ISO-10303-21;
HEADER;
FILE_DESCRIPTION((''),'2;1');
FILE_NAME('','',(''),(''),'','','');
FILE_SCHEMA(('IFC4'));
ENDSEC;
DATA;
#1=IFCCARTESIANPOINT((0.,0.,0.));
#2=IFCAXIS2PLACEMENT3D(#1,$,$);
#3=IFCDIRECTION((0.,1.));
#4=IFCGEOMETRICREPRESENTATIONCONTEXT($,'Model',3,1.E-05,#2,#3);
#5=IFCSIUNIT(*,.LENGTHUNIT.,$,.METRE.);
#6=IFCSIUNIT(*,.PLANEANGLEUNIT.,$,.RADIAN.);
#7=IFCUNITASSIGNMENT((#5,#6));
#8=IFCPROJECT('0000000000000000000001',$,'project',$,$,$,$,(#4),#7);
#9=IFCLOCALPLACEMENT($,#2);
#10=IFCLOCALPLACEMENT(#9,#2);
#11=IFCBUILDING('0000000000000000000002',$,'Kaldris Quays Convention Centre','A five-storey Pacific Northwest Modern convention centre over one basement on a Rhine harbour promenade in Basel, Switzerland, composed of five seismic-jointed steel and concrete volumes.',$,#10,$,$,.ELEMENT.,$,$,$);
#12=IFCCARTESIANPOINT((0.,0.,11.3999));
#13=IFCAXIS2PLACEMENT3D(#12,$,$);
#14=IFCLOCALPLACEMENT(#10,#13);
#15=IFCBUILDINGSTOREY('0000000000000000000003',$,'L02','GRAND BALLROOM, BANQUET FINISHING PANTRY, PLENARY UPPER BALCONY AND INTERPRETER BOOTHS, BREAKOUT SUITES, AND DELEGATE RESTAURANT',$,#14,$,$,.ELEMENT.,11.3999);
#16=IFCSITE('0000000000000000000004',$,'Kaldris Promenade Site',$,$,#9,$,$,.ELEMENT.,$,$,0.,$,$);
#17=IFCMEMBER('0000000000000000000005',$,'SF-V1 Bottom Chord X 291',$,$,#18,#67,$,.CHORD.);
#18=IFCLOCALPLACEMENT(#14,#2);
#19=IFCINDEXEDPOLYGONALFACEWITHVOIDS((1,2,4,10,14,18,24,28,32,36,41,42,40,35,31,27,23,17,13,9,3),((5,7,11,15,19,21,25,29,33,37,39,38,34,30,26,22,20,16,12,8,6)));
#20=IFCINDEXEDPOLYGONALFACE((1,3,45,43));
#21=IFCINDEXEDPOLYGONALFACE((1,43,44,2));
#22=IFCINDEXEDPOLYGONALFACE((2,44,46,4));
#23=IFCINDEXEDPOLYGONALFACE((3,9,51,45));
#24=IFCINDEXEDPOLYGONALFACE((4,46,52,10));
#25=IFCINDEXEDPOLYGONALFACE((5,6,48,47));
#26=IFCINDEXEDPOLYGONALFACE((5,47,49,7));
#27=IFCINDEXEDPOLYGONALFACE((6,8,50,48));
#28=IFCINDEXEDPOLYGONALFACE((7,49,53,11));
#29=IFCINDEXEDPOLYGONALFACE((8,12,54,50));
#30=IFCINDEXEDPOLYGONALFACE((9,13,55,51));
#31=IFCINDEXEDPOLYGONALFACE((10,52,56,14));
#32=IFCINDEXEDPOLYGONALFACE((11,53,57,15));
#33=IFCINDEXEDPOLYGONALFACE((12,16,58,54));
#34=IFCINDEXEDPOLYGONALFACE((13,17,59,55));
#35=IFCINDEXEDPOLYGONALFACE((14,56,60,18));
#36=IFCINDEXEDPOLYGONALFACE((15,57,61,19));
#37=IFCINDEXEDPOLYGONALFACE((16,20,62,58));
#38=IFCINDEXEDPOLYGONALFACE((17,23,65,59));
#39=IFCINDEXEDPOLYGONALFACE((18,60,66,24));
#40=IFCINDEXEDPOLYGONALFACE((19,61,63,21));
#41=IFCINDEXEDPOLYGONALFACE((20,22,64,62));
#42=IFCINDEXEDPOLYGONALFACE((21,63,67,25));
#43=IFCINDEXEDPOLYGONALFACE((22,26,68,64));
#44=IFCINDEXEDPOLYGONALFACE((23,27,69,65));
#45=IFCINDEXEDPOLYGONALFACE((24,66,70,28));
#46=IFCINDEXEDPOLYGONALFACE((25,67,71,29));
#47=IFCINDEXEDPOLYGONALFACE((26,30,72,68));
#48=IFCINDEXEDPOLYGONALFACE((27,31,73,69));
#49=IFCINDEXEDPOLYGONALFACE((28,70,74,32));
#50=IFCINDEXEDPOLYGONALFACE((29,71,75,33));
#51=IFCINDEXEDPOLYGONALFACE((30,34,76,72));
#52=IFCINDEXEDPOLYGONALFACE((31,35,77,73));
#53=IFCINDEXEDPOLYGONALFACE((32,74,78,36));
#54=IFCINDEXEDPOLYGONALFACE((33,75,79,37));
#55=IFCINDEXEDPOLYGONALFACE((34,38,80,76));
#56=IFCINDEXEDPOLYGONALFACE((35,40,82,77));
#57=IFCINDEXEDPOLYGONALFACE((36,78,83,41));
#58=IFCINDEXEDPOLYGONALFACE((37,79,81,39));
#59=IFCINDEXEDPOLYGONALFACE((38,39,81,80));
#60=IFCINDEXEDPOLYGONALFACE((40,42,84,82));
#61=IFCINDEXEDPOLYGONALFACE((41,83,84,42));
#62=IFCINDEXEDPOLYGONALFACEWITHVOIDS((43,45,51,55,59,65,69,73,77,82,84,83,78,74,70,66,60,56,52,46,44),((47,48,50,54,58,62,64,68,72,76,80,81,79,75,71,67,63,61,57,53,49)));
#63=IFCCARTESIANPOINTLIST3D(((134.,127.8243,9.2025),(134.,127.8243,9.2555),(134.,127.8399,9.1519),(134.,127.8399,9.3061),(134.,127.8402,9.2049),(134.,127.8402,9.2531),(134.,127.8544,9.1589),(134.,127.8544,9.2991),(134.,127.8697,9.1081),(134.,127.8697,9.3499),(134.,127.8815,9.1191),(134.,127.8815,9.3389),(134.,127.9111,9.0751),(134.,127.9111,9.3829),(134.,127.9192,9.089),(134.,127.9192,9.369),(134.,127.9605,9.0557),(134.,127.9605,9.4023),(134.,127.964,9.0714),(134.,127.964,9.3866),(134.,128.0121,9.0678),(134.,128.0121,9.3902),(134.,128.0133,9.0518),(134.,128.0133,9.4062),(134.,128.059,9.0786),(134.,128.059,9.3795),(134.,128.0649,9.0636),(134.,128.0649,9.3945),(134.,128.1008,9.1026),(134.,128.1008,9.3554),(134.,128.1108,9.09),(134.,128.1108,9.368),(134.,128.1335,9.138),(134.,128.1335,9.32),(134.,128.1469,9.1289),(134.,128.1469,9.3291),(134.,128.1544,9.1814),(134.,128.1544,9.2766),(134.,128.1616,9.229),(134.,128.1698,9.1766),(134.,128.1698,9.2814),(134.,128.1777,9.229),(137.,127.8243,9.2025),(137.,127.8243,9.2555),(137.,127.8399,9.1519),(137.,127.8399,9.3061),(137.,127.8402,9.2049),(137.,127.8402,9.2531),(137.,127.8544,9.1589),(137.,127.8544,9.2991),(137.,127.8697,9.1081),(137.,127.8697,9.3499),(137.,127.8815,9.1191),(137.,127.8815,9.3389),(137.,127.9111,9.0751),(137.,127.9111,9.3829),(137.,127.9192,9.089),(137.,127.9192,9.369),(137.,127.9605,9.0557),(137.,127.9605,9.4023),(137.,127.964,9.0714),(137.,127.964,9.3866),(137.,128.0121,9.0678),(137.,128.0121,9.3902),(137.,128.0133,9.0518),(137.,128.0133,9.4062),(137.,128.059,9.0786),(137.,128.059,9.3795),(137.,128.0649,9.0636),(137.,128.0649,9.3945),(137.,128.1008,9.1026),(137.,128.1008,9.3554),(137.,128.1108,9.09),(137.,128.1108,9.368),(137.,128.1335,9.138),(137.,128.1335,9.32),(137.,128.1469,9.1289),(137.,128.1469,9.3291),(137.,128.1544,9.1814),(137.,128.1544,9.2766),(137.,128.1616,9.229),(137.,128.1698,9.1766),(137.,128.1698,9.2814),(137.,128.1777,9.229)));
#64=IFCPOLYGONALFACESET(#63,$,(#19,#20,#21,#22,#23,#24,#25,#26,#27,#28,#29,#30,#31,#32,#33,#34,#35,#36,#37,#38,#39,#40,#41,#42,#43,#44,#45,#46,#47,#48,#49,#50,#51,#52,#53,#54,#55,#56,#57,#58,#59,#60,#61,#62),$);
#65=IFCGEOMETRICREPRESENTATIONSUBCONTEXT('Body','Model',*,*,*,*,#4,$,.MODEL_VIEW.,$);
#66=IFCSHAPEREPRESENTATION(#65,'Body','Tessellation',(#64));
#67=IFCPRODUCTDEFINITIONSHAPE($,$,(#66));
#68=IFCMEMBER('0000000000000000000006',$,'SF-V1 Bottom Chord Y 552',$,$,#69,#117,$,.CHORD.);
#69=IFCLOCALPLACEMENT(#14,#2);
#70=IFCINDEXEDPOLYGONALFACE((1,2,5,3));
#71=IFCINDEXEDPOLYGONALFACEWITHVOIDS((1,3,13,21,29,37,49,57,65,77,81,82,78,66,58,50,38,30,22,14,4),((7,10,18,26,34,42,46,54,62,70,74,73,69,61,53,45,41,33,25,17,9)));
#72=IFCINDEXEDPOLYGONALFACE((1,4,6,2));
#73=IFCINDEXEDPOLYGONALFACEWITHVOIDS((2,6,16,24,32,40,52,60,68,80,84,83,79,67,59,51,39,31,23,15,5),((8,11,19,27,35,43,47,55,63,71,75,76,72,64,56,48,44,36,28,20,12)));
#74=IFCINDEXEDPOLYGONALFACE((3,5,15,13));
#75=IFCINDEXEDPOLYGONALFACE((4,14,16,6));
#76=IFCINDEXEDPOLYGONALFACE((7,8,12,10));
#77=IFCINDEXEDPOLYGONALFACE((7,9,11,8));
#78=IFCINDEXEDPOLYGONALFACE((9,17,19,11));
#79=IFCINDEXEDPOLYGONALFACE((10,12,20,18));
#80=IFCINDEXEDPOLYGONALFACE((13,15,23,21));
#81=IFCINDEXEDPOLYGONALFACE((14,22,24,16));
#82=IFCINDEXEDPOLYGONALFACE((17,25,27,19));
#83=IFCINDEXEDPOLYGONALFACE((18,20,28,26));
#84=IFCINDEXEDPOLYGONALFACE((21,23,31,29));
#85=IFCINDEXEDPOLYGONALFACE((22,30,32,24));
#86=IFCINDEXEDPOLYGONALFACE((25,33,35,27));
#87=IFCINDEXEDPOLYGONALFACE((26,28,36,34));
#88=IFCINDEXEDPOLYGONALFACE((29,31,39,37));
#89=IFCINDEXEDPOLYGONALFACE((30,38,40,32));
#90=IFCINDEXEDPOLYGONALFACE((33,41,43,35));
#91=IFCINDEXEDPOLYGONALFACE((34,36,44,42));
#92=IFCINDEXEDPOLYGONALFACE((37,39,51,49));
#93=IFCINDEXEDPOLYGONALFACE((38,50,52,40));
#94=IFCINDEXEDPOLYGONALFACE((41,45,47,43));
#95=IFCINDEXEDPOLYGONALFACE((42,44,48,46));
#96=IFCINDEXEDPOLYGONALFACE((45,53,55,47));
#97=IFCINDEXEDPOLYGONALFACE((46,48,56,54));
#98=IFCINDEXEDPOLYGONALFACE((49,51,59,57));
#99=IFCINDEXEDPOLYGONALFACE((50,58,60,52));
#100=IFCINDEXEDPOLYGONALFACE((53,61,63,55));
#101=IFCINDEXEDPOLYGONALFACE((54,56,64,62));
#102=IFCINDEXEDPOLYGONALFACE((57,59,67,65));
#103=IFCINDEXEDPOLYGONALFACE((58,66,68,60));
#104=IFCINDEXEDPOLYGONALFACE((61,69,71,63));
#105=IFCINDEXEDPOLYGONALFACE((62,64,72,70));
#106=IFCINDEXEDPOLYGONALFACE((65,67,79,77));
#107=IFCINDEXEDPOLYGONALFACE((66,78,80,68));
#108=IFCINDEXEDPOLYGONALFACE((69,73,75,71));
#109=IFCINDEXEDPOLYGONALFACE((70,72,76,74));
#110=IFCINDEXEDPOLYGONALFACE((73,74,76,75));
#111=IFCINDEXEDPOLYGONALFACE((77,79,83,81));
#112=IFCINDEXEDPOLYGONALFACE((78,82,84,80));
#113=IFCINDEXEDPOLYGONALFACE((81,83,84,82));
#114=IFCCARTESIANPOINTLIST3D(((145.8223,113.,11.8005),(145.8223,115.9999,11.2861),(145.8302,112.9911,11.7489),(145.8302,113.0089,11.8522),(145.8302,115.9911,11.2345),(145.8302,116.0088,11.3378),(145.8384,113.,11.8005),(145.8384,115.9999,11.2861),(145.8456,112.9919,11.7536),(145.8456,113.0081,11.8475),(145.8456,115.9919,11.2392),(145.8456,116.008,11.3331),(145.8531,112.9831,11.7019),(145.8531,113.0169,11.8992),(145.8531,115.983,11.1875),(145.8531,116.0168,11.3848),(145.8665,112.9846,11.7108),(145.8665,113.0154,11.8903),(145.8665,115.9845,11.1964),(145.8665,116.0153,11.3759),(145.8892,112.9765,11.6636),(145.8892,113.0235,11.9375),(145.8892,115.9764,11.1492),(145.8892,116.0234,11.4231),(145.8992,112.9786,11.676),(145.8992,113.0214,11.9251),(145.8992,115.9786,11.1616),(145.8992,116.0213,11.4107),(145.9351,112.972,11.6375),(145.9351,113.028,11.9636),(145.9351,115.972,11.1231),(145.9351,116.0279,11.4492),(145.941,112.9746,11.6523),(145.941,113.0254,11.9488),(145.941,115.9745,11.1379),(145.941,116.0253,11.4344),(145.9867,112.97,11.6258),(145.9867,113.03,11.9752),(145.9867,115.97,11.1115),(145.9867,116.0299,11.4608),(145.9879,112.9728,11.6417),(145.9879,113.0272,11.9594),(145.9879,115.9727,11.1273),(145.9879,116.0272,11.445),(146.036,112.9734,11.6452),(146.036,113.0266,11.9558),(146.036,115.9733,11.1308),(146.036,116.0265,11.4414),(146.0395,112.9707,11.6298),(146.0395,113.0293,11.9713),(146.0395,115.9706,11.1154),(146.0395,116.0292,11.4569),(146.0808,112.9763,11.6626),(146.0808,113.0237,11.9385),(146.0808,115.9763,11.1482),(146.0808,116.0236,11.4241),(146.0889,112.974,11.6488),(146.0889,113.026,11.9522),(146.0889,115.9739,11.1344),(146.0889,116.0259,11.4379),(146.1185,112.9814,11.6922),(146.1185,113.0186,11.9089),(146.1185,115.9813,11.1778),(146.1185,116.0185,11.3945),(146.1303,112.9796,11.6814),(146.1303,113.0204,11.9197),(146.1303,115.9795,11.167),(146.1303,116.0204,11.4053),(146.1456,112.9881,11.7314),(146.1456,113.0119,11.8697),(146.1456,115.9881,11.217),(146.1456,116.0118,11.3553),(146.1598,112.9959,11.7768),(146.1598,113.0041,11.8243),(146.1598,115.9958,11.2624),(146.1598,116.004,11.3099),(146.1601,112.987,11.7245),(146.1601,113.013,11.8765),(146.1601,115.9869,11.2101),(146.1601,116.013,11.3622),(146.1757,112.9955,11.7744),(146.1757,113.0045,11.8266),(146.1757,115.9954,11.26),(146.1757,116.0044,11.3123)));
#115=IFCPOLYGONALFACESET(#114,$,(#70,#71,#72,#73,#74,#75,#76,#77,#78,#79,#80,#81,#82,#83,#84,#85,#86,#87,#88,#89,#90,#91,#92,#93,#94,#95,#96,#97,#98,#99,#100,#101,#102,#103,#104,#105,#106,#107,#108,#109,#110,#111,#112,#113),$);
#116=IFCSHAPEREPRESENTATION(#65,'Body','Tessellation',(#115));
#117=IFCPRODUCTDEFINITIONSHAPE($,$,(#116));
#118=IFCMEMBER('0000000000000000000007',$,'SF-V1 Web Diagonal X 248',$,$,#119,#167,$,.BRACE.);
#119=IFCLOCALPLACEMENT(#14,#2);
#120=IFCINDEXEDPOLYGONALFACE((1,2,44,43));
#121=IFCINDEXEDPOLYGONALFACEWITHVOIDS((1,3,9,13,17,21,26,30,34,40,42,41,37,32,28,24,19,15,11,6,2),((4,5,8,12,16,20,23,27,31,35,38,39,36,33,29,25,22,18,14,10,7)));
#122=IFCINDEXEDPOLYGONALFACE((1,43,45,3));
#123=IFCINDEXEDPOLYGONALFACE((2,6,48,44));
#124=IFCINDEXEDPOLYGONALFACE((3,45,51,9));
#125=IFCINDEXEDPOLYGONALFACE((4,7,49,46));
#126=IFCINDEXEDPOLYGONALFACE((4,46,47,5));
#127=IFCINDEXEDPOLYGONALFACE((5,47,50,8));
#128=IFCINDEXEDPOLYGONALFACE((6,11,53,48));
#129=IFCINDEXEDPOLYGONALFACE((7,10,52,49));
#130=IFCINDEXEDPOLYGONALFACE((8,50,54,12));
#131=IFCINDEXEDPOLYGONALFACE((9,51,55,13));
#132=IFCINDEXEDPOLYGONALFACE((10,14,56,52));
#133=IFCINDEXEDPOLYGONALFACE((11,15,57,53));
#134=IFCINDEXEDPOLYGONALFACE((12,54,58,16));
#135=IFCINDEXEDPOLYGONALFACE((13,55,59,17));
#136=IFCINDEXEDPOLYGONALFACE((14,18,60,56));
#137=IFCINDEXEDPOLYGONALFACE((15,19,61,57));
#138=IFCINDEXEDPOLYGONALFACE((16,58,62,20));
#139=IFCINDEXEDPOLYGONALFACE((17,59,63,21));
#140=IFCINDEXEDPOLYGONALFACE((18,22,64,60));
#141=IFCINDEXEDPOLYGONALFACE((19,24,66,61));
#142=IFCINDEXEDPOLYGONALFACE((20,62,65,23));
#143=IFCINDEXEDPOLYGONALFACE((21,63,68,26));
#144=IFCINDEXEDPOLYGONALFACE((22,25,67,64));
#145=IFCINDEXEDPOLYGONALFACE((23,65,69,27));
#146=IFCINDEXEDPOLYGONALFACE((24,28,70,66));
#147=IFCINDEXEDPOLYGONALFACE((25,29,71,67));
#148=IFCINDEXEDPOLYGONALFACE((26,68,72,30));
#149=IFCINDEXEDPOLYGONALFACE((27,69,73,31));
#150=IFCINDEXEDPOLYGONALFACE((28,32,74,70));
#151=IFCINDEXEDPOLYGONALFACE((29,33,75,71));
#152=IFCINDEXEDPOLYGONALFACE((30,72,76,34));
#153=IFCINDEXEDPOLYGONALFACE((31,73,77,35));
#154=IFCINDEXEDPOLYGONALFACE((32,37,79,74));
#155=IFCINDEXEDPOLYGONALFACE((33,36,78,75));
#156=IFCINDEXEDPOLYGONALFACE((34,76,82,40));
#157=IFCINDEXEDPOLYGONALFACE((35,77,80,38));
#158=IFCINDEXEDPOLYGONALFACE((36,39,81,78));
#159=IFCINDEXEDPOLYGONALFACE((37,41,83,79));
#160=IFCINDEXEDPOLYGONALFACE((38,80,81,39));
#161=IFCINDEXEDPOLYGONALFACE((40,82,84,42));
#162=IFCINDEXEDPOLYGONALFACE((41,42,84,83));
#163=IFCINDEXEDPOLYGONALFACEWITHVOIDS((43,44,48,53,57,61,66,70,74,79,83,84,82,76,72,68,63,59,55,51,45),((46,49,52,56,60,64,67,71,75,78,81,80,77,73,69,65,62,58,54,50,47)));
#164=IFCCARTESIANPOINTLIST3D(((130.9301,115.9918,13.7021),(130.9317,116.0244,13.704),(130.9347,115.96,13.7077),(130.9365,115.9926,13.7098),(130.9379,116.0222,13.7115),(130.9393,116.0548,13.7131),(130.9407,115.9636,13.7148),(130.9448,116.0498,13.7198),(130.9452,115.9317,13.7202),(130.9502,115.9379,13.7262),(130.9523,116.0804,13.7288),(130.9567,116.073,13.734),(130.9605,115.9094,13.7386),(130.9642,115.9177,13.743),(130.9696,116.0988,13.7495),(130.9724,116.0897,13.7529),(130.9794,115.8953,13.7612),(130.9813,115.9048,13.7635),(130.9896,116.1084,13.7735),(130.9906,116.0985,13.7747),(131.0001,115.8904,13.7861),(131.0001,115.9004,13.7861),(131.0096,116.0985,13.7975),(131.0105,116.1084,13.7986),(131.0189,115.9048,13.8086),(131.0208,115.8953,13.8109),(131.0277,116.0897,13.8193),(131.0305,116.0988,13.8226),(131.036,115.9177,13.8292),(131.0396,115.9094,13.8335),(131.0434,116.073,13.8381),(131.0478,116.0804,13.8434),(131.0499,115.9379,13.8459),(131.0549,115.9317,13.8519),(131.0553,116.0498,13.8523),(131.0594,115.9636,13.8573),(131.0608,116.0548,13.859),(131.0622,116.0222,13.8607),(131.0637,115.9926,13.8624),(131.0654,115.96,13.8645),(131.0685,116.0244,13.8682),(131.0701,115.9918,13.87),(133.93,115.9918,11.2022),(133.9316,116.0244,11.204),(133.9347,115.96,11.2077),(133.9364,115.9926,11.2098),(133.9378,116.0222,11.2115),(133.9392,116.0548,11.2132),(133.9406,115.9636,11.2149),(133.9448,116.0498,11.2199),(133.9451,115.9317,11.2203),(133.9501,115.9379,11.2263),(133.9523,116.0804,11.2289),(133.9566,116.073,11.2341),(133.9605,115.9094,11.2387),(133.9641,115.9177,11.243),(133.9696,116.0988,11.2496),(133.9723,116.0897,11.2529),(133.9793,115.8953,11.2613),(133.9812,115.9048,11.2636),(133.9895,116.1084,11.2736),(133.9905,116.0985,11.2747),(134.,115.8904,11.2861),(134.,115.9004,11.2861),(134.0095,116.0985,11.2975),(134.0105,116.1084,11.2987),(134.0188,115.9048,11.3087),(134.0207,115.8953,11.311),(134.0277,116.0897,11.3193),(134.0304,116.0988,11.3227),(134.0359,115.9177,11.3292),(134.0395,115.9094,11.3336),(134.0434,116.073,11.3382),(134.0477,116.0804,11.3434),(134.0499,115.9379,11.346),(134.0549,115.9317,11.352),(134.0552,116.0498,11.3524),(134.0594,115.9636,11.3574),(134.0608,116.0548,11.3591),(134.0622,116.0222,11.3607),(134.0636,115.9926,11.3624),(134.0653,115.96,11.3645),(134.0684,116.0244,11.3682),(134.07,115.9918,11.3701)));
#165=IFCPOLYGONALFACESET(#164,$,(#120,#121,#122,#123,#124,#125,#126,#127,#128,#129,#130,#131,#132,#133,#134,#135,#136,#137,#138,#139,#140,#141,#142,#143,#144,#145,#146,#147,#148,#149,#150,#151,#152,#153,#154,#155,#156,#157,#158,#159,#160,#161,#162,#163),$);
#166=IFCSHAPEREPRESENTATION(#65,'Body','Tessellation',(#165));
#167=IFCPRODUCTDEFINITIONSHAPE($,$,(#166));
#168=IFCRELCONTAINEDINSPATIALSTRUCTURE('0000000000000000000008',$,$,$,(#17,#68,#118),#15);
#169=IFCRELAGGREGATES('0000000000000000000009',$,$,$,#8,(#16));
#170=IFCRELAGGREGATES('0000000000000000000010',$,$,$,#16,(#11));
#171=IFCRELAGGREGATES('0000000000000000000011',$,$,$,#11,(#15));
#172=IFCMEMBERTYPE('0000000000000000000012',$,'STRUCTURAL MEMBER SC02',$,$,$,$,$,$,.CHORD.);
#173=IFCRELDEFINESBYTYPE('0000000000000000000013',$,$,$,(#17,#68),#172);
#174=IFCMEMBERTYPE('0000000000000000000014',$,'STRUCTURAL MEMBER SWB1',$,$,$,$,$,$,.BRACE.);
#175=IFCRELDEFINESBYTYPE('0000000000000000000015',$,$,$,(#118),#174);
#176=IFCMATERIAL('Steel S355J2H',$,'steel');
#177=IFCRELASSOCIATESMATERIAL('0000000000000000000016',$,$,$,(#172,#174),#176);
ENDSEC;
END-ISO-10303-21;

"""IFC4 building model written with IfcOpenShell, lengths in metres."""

from ifc_helpers import new_model, si_unit, direction, frame, origin, origin_2d, place, context, subcontext, project, spatial, hollow_circle, extrude, material, material_profile, profile_set, type_object, element, save


model = new_model("IFC4")

# Units and contexts
model_context = context("Model", 3, precision=1e-05, world=origin(), true_north=direction((0.0, 1.0)))
body_context = subcontext(model_context, "Body", "Model", "MODEL_VIEW")
ifc_project = project(units=[si_unit("LENGTHUNIT", "METRE"), si_unit("PLANEANGLEUNIT", "RADIAN")], contexts=[model_context])

# Site, building, storey
site_placement = place(None, origin())
site = spatial("IfcSite", under=ifc_project, at=site_placement, Name="Kaldris Promenade Site", CompositionType="ELEMENT", RefElevation=0.0)
building_placement = place(site_placement, origin())
building = spatial("IfcBuilding", under=site, at=building_placement, Name="Kaldris Quays Convention Centre", Description="A five-storey Pacific Northwest Modern convention centre over one basement on a Rhine harbour promenade in Basel, Switzerland, composed of five seismic-jointed steel and concrete volumes.", CompositionType="ELEMENT")
storey_placement = place(building_placement, frame((0.0, 0.0, 11.3999)))
storey = spatial("IfcBuildingStorey", under=building, at=storey_placement, Name="L02", Description="GRAND BALLROOM, BANQUET FINISHING PANTRY, PLENARY UPPER BALCONY AND INTERPRETER BOOTHS, BREAKOUT SUITES, AND DELEGATE RESTAURANT", CompositionType="ELEMENT", Elevation=11.3999)

# Members
ifc_material_1 = material(Name="Steel S355J2H", Category="steel")
ifc_material_profile_1 = material_profile(ifc_material_1, hollow_circle(Radius=0.1777, WallThickness=0.0161, at=origin_2d()), Name="CHS 355.6x16")
ifc_profile_set_1 = profile_set([ifc_material_profile_1], Name="Steel S355J2H")
member_type_1 = type_object("IfcMemberType", Name="STRUCTURAL MEMBER SC02", PredefinedType="CHORD", material=ifc_profile_set_1)
for number, where, z_axis, x_axis, name in (
    (1, (134.0, 128.0, 9.229), (1.0, 0.0, 0.0), (0.0, 1.0, 0.0), "SF-V1 Bottom Chord X 291"),
):
    element("IfcMember", number, at=place(storey_placement, frame(where, z_axis=z_axis, x_axis=x_axis)), inside=storey, type_object=member_type_1, Name=name, PredefinedType="CHORD", context=body_context, shape_type="SweptSolid", body=[
        extrude(hollow_circle(Radius=0.1777, WallThickness=0.0161, at=origin_2d()), origin(), (0.0, 0.0, 1.0), 3.0),
    ])
member_1_placement = place(storey_placement, frame((146.0, 113.0, 11.8005), z_axis=(0.0, 0.985616, -0.169002), x_axis=(-1.0, 0.0, 0.0)))
element("IfcMember", 2, at=member_1_placement, inside=storey, type_object=member_type_1, Name="SF-V1 Bottom Chord Y 552", PredefinedType="CHORD", context=body_context, shape_type="SweptSolid", body=[
    extrude(hollow_circle(Radius=0.1777, WallThickness=0.0161, at=origin_2d()), origin(), (0.0, 0.0, 1.0), 3.0437),
])
ifc_material_profile_2 = material_profile(ifc_material_1, hollow_circle(Radius=0.1096, WallThickness=0.01, at=origin_2d()), Name="CHS 219.1x10")
ifc_profile_set_2 = profile_set([ifc_material_profile_2], Name="Steel S355J2H")
member_type_2 = type_object("IfcMemberType", Name="STRUCTURAL MEMBER SWB1", PredefinedType="BRACE", material=ifc_profile_set_2)
for number, where, z_axis, x_axis, name in (
    (3, (134.0, 116.0, 11.2861), (-0.768221, 0.0, 0.640184), (0.0, -1.0, 0.0), "SF-V1 Web Diagonal X 248"),
):
    element("IfcMember", number, at=place(storey_placement, frame(where, z_axis=z_axis, x_axis=x_axis)), inside=storey, type_object=member_type_2, Name=name, PredefinedType="BRACE", context=body_context, shape_type="SweptSolid", body=[
        extrude(hollow_circle(Radius=0.1096, WallThickness=0.01, at=origin_2d()), origin(), (0.0, 0.0, 1.0), 3.905),
    ])

save(model, "model.ifc")
